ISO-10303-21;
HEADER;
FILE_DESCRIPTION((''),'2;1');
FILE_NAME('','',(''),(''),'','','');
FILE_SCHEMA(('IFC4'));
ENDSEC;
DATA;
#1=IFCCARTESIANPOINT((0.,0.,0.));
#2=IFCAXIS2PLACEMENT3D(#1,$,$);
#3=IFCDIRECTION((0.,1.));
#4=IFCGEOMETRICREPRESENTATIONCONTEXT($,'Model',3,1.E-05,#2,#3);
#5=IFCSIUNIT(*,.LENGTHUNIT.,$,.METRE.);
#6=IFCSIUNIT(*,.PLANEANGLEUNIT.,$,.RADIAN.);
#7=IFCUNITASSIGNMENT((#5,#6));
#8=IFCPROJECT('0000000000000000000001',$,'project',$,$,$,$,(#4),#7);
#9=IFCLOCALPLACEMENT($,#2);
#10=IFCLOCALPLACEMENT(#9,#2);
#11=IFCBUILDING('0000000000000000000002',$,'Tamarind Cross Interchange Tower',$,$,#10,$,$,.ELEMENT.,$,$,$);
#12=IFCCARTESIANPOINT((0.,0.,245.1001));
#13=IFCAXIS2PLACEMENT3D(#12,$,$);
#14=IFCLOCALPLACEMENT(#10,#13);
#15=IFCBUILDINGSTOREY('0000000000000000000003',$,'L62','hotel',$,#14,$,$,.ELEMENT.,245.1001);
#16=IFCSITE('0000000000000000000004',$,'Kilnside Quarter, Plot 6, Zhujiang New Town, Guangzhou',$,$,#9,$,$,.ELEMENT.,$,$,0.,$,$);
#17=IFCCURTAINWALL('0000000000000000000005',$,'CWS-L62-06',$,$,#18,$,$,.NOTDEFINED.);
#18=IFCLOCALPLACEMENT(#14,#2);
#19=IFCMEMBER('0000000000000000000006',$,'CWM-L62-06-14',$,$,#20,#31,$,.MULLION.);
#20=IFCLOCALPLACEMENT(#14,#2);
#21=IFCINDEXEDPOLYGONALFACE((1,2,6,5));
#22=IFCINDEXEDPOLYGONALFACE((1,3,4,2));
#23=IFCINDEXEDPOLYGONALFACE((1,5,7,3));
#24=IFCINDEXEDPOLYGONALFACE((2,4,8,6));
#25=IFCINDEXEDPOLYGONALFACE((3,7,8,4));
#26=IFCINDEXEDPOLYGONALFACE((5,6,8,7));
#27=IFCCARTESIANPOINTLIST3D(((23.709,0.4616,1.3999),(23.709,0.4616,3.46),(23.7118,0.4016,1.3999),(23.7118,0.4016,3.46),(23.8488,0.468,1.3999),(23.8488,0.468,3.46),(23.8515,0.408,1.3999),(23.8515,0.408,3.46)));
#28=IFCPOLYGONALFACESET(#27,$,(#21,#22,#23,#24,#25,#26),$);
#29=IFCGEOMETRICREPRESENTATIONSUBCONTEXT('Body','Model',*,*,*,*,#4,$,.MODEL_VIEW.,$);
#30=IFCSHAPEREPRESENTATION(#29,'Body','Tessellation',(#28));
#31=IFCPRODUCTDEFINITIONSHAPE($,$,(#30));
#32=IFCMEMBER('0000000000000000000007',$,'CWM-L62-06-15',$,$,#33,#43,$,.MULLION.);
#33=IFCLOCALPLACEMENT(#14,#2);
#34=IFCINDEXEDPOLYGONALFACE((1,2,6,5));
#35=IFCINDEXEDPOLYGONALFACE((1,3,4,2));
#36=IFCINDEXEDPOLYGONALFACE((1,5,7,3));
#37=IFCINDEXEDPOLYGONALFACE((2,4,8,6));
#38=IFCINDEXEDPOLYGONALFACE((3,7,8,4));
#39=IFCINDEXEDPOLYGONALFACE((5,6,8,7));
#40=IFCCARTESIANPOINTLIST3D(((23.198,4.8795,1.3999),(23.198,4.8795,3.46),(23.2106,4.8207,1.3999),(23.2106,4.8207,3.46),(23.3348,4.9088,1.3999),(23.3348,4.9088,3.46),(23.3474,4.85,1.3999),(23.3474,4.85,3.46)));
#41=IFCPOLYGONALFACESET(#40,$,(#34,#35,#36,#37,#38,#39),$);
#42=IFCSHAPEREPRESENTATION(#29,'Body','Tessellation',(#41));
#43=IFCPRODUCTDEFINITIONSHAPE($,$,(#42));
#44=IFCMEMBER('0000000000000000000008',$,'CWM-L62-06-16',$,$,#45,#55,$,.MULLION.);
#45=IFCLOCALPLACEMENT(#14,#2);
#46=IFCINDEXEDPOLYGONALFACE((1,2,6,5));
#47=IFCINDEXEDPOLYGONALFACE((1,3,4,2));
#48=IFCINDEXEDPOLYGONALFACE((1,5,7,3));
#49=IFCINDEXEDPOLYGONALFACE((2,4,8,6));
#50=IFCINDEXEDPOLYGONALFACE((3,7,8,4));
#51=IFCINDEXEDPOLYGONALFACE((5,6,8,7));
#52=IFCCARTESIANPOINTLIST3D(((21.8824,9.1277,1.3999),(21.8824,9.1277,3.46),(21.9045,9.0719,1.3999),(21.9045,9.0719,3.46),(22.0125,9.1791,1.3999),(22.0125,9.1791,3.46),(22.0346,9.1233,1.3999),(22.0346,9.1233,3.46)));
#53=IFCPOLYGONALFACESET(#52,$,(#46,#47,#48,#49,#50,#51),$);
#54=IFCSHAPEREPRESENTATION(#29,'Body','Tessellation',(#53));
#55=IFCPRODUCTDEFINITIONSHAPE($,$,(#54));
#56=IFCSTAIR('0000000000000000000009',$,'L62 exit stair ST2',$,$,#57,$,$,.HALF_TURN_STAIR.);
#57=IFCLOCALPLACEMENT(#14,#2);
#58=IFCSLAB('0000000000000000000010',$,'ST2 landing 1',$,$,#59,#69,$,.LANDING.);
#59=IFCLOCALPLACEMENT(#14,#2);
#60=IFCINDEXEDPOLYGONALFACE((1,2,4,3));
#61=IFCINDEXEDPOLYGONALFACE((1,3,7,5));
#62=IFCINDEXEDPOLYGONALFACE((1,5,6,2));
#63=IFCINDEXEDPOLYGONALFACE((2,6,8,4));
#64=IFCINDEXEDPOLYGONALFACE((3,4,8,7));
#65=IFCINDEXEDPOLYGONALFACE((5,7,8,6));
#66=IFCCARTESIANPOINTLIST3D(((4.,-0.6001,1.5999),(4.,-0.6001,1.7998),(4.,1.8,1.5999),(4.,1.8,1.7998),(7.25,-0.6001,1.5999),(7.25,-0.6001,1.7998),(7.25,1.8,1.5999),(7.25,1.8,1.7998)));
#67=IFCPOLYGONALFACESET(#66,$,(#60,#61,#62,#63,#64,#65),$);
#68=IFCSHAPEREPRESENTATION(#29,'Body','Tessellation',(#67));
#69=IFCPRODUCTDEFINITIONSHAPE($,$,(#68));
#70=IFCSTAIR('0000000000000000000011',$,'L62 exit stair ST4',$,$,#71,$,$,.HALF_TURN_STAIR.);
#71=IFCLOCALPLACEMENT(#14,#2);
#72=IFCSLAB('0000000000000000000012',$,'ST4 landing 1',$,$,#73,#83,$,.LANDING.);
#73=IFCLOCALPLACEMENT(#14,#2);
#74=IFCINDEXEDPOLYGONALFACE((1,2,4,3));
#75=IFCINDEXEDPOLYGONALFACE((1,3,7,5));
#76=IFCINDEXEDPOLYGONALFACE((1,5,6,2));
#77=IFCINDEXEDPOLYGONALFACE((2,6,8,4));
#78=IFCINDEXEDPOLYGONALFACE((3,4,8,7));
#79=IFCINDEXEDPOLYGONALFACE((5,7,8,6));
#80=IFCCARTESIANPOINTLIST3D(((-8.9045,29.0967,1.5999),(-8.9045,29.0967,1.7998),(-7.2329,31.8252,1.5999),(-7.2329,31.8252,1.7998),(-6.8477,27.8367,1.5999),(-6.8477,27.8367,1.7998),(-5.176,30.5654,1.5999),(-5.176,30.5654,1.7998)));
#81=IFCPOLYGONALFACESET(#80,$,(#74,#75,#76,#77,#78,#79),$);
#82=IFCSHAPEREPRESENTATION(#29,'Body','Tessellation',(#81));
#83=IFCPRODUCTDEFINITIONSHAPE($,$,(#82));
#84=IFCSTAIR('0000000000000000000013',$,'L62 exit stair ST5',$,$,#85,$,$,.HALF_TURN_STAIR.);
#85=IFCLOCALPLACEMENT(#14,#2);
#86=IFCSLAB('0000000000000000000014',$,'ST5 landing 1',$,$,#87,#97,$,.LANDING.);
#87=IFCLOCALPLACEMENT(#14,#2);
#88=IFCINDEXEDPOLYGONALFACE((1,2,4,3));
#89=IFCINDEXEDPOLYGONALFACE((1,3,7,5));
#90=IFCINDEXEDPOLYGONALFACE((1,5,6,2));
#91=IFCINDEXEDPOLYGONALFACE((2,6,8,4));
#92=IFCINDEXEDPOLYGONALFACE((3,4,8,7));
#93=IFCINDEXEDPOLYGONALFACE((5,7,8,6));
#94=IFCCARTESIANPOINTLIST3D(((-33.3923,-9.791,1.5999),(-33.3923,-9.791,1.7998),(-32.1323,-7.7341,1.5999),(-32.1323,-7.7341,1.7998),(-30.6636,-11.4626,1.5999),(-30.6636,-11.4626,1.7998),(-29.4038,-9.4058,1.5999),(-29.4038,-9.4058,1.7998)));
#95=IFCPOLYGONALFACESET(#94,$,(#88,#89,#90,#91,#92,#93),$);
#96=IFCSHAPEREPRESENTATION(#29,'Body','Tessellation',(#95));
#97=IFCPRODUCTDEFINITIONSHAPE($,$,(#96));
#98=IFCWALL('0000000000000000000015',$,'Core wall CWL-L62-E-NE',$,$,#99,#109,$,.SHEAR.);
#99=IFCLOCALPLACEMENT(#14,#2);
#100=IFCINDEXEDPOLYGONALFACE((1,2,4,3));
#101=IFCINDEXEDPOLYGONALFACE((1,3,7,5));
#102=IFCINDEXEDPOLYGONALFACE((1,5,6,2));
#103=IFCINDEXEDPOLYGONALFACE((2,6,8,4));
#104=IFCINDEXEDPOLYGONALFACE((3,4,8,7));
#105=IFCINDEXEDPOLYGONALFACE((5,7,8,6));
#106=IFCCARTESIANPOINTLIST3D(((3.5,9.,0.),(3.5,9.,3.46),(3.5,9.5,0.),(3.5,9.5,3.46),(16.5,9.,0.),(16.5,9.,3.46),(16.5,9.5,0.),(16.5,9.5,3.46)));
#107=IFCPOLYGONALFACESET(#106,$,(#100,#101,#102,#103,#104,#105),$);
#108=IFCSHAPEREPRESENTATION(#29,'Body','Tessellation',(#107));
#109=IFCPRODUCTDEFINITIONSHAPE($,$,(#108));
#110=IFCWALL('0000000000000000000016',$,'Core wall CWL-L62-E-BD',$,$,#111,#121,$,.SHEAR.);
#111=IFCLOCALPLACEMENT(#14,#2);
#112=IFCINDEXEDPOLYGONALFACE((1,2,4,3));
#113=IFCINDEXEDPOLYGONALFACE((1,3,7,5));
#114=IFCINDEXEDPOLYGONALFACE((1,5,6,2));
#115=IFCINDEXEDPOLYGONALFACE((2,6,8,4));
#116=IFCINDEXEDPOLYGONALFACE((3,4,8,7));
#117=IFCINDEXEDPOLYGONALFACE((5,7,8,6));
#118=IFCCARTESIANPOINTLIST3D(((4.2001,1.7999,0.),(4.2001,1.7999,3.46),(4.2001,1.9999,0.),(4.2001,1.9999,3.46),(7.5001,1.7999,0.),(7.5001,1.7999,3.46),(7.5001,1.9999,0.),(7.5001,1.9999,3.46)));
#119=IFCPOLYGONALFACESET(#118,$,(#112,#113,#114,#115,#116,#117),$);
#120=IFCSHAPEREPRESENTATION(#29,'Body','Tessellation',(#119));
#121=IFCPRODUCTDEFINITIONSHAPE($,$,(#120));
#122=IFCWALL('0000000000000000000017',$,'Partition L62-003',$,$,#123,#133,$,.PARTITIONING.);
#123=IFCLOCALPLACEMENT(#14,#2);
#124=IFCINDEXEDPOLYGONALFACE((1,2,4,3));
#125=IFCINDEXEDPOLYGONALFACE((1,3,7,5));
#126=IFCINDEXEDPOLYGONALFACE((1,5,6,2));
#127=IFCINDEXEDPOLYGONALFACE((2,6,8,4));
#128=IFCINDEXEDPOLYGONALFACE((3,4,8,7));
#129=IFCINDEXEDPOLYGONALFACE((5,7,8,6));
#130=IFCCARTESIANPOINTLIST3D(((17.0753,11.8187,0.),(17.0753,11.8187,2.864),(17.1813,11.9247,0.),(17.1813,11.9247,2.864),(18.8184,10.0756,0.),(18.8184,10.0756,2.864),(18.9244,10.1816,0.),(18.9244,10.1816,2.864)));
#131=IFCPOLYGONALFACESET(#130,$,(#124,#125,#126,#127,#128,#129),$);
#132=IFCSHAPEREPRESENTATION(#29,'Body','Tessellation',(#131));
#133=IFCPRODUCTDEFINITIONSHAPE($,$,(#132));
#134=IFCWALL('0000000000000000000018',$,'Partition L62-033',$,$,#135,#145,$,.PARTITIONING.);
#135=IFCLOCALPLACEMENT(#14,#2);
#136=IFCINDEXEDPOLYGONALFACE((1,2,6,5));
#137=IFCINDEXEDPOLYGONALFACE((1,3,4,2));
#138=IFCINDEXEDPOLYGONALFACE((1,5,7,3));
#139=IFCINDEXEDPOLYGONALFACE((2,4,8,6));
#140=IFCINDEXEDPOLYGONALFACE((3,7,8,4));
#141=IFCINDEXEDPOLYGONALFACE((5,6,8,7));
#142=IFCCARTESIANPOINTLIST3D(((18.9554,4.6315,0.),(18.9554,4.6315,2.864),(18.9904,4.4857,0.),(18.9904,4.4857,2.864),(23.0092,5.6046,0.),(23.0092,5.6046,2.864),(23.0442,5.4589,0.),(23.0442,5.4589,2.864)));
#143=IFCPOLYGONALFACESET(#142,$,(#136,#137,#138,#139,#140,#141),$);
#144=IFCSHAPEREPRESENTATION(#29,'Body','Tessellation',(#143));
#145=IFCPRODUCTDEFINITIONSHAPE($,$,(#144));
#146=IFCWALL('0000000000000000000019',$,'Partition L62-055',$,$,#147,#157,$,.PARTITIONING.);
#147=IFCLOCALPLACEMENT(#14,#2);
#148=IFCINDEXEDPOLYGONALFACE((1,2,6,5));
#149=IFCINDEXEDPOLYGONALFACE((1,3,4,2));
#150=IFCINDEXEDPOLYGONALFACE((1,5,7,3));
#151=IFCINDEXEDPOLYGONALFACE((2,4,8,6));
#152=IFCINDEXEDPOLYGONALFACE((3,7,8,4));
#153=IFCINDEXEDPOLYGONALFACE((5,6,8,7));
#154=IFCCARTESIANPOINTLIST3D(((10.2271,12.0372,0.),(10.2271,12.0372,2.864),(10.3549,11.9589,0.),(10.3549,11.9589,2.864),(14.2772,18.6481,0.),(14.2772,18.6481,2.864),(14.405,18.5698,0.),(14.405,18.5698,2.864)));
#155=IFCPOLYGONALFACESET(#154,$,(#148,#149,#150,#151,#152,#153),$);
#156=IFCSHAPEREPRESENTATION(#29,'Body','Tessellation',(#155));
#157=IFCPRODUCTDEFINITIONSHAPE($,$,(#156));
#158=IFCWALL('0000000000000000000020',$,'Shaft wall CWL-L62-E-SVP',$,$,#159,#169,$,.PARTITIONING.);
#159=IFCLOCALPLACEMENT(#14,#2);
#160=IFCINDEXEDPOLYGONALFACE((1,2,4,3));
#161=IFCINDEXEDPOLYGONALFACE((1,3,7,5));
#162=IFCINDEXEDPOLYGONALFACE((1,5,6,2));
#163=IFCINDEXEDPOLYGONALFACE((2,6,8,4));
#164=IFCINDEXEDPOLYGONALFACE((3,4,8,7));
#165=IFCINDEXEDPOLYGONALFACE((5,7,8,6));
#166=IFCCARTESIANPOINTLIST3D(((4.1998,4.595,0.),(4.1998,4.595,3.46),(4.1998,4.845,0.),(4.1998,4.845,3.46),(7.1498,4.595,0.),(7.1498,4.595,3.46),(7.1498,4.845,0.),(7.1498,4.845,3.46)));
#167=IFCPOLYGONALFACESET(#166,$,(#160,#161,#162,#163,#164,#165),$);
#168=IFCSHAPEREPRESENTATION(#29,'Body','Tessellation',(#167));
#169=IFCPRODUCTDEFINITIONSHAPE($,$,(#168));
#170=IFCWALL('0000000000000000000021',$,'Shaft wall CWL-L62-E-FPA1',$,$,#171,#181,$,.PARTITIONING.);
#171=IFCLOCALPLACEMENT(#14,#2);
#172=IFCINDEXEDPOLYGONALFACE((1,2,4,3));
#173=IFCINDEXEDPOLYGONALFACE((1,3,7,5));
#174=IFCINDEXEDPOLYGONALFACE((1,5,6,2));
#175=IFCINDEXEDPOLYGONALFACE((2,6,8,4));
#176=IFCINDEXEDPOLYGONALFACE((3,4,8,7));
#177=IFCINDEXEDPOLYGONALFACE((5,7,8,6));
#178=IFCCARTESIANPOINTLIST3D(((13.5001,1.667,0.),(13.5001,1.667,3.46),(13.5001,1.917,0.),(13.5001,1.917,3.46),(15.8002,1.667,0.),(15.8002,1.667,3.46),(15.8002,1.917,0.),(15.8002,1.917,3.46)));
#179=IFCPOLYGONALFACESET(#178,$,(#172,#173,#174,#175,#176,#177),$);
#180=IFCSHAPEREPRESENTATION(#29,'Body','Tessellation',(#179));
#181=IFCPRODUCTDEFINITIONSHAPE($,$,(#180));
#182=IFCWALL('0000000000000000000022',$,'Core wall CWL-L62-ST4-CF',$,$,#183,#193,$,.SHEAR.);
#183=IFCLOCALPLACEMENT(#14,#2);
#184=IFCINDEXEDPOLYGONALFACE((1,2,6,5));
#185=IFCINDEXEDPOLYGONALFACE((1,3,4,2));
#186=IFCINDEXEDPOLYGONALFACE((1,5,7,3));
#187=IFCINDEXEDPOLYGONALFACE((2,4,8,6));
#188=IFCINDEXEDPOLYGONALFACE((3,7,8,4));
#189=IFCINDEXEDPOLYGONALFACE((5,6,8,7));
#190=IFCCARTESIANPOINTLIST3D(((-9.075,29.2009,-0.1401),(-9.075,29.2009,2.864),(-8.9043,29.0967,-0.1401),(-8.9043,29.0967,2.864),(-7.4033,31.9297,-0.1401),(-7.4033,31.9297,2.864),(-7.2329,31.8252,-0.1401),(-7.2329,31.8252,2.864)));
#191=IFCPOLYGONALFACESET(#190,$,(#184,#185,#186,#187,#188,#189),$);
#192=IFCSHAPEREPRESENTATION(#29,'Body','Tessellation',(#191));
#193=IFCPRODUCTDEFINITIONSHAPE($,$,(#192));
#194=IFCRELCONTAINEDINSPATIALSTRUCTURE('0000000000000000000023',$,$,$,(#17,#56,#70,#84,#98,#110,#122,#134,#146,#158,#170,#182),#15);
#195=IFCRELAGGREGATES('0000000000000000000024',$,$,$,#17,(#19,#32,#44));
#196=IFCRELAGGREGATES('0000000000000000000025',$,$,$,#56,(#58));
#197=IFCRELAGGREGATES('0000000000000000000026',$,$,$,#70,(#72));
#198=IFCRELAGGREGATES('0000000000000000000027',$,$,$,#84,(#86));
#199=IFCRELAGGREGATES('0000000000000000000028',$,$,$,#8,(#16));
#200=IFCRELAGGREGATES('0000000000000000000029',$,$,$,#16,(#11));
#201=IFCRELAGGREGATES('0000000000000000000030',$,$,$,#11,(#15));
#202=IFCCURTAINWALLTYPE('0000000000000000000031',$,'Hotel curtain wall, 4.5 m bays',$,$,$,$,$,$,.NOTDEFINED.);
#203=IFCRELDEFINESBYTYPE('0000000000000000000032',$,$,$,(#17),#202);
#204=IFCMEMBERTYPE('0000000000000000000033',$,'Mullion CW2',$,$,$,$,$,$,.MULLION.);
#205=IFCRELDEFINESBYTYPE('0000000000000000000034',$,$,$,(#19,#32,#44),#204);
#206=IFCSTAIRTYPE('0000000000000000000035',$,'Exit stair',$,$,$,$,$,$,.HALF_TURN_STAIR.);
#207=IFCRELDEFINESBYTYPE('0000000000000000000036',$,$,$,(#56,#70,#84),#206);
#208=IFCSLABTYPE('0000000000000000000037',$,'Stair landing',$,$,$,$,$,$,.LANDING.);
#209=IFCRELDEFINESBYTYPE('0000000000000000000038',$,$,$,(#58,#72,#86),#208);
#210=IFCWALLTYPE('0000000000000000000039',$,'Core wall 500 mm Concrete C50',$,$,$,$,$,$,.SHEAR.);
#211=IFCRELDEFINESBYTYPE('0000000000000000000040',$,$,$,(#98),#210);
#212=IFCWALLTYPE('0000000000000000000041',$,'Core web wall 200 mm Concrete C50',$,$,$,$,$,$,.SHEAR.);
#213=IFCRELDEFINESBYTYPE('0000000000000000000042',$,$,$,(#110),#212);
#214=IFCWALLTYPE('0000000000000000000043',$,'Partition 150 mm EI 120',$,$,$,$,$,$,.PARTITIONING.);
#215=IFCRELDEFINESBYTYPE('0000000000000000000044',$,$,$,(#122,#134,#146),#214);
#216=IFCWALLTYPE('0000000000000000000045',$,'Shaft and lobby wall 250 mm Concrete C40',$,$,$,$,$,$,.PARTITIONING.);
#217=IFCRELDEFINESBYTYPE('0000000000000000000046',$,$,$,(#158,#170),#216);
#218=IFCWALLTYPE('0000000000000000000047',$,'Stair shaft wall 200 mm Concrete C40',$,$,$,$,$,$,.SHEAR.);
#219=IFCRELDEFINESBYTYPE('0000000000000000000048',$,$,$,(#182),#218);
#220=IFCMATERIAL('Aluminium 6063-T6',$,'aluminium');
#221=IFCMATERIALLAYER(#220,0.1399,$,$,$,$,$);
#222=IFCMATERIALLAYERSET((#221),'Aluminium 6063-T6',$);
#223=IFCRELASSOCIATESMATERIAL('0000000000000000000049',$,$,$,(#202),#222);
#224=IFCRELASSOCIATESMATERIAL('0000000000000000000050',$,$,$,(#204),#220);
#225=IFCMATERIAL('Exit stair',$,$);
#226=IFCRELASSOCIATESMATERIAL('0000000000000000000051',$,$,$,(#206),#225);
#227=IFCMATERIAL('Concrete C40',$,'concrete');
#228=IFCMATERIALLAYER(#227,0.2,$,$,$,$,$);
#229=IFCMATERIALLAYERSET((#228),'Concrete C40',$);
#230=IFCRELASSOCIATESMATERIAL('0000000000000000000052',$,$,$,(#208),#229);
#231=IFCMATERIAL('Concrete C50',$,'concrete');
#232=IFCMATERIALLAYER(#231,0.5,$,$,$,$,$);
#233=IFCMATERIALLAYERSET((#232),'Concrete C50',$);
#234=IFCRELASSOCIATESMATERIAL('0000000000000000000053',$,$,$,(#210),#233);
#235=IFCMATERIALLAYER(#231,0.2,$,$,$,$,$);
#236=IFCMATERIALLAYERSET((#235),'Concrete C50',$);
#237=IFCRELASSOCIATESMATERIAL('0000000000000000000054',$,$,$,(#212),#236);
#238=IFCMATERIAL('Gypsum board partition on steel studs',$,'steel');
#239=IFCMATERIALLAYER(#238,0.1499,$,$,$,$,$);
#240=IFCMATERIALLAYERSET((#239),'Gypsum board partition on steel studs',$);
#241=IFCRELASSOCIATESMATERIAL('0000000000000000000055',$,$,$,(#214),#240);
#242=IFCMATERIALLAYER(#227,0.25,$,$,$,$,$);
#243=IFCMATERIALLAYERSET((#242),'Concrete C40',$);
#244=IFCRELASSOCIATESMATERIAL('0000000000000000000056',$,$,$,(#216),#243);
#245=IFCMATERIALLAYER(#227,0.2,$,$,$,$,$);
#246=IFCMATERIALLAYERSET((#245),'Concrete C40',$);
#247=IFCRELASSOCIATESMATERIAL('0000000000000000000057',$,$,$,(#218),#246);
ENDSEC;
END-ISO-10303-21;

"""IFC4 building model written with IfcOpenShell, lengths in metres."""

from ifc_helpers import new_model, si_unit, direction, frame, frame_2d, origin, origin_2d, place, context, subcontext, project, spatial, polyline, rectangle, outline, extrude, material, layer, layer_set, material_profile, profile_set, type_object, element, aggregate, save


model = new_model("IFC4")

# Units and contexts
model_context = context("Model", 3, precision=1e-05, world=origin(), true_north=direction((0.0, 1.0)))
body_context = subcontext(model_context, "Body", "Model", "MODEL_VIEW")
ifc_project = project(units=[si_unit("LENGTHUNIT", "METRE"), si_unit("PLANEANGLEUNIT", "RADIAN")], contexts=[model_context])

# Site, building, storey
site_placement = place(None, origin())
site = spatial("IfcSite", under=ifc_project, at=site_placement, Name="Kilnside Quarter, Plot 6, Zhujiang New Town, Guangzhou", CompositionType="ELEMENT", RefElevation=0.0)
building_placement = place(site_placement, origin())
building = spatial("IfcBuilding", under=site, at=building_placement, Name="Tamarind Cross Interchange Tower", CompositionType="ELEMENT")
storey_placement = place(building_placement, frame((0.0, 0.0, 245.1001)))
storey = spatial("IfcBuildingStorey", under=building, at=storey_placement, Name="L62", Description="hotel", CompositionType="ELEMENT", Elevation=245.1001)

# Shared definitions
ifc_material_1 = material(Name="Concrete C50", Category="concrete")

# Curtain wall, members
ifc_material_2 = material(Name="Aluminium 6063-T6", Category="aluminium")
ifc_layer_1 = layer(ifc_material_2, 0.1399)
ifc_layer_set_1 = layer_set([ifc_layer_1], Name="Aluminium 6063-T6")
curtain_wall_type = type_object("IfcCurtainWallType", Name="Hotel curtain wall, 4.5 m bays", PredefinedType="NOTDEFINED", material=ifc_layer_set_1)
curtain_wall_placement = place(storey_placement, origin())
curtain_wall = element("IfcCurtainWall", 1, at=curtain_wall_placement, inside=storey, type_object=curtain_wall_type, Name="CWS-L62-06", PredefinedType="NOTDEFINED")
ifc_material_profile_1 = material_profile(ifc_material_2, rectangle(XDim=0.0601, YDim=0.1399, at=origin_2d()), Name="Mullion CW2")
ifc_profile_set_1 = profile_set([ifc_material_profile_1], Name="Aluminium 6063-T6")
member_type = type_object("IfcMemberType", Name="Mullion CW2", PredefinedType="MULLION", material=ifc_profile_set_1)
member_1_placement = place(storey_placement, frame((23.7803, 0.4348, 1.3999), z_axis=(0.0, 0.0, 1.0), x_axis=(-0.045624, 0.998959, 0.0)))
member_1 = element("IfcMember", 2, at=member_1_placement, type_object=member_type, Name="CWM-L62-06-14", PredefinedType="MULLION", context=body_context, shape_type="SweptSolid", body=[
    extrude(rectangle(XDim=0.0601, YDim=0.1399, at=origin_2d()), origin(), (0.0, 0.0, 1.0), 2.0601),
])
member_2_placement = place(storey_placement, frame((23.2727, 4.8647, 1.3999), z_axis=(0.0, 0.0, 1.0), x_axis=(-0.209425, 0.977825, 0.0)))
member_2 = element("IfcMember", 3, at=member_2_placement, type_object=member_type, Name="CWM-L62-06-15", PredefinedType="MULLION", context=body_context, shape_type="SweptSolid", body=[
    extrude(rectangle(XDim=0.0601, YDim=0.1399, at=origin_2d()), origin(), (0.0, 0.0, 1.0), 2.0601),
])
member_3_placement = place(storey_placement, frame((21.9585, 9.1255, 1.3999), z_axis=(0.0, 0.0, 1.0), x_axis=(-0.367514, 0.930018, 0.0)))
member_3 = element("IfcMember", 4, at=member_3_placement, type_object=member_type, Name="CWM-L62-06-16", PredefinedType="MULLION", context=body_context, shape_type="SweptSolid", body=[
    extrude(rectangle(XDim=0.0601, YDim=0.1399, at=origin_2d()), origin(), (0.0, 0.0, 1.0), 2.0601),
])
aggregate(curtain_wall, [member_1, member_2, member_3])

# Stairs, slabs
ifc_material_3 = material(Name="Exit stair")
stair_type = type_object("IfcStairType", Name="Exit stair", PredefinedType="HALF_TURN_STAIR", material=ifc_material_3)
stair_1_placement = place(storey_placement, origin())
stair_1 = element("IfcStair", 5, at=stair_1_placement, inside=storey, type_object=stair_type, Name="L62 exit stair ST2", PredefinedType="HALF_TURN_STAIR")
ifc_material_4 = material(Name="Concrete C40", Category="concrete")
ifc_layer_2 = layer(ifc_material_4, 0.2)
ifc_layer_set_2 = layer_set([ifc_layer_2], Name="Concrete C40")
slab_type = type_object("IfcSlabType", Name="Stair landing", PredefinedType="LANDING", material=ifc_layer_set_2)
slab_1_placement = place(storey_placement, frame((0.0, 0.0, 1.5999)))
slab_1 = element("IfcSlab", 6, at=slab_1_placement, type_object=slab_type, Name="ST2 landing 1", PredefinedType="LANDING", context=body_context, shape_type="SweptSolid", body=[
    extrude(outline(polyline([(7.25, -0.6001), (7.25, 1.8), (4.0, 1.8), (4.0, -0.6001), (7.25, -0.6001)])), origin(), (0.0, 0.0, 1.0), 0.2),
])
aggregate(stair_1, [slab_1])
stair_2_placement = place(storey_placement, origin())
stair_2 = element("IfcStair", 7, at=stair_2_placement, inside=storey, type_object=stair_type, Name="L62 exit stair ST4", PredefinedType="HALF_TURN_STAIR")
slab_2_placement = place(storey_placement, frame((0.0, 0.0, 1.5999)))
slab_2 = element("IfcSlab", 8, at=slab_2_placement, type_object=slab_type, Name="ST4 landing 1", PredefinedType="LANDING", context=body_context, shape_type="SweptSolid", body=[
    extrude(outline(polyline([(-5.176, 30.5654), (-7.2329, 31.8252), (-8.9045, 29.0967), (-6.8477, 27.8367), (-5.176, 30.5654)])), origin(), (0.0, 0.0, 1.0), 0.2),
])
aggregate(stair_2, [slab_2])
stair_3_placement = place(storey_placement, origin())
stair_3 = element("IfcStair", 9, at=stair_3_placement, inside=storey, type_object=stair_type, Name="L62 exit stair ST5", PredefinedType="HALF_TURN_STAIR")
slab_3_placement = place(storey_placement, frame((0.0, 0.0, 1.5999)))
slab_3 = element("IfcSlab", 10, at=slab_3_placement, type_object=slab_type, Name="ST5 landing 1", PredefinedType="LANDING", context=body_context, shape_type="SweptSolid", body=[
    extrude(outline(polyline([(-32.1323, -7.7341), (-33.3923, -9.791), (-30.6636, -11.4626), (-29.4038, -9.4058), (-32.1323, -7.7341)])), origin(), (0.0, 0.0, 1.0), 0.2),
])
aggregate(stair_3, [slab_3])

# Walls
ifc_layer_3 = layer(ifc_material_1, 0.5)
ifc_layer_set_3 = layer_set([ifc_layer_3], Name="Concrete C50")
wall_type_1 = type_object("IfcWallType", Name="Core wall 500 mm Concrete C50", PredefinedType="SHEAR", material=ifc_layer_set_3)
wall_1_placement = place(storey_placement, frame((16.5, 9.25, 0.0), z_axis=(0.0, 0.0, 1.0), x_axis=(-1.0, 0.0, 0.0)))
element("IfcWall", 11, at=wall_1_placement, inside=storey, type_object=wall_type_1, Name="Core wall CWL-L62-E-NE", PredefinedType="SHEAR", context=body_context, shape_type="SweptSolid", body=[
    extrude(rectangle(XDim=13.0, YDim=0.5, at=frame_2d((6.5, 0.0))), origin(), (0.0, 0.0, 1.0), 3.46),
])
ifc_layer_4 = layer(ifc_material_1, 0.2)
ifc_layer_set_4 = layer_set([ifc_layer_4], Name="Concrete C50")
wall_type_2 = type_object("IfcWallType", Name="Core web wall 200 mm Concrete C50", PredefinedType="SHEAR", material=ifc_layer_set_4)
wall_2_placement = place(storey_placement, frame((7.5, 1.8999, 0.0), z_axis=(0.0, 0.0, 1.0), x_axis=(-1.0, 0.0, 0.0)))
element("IfcWall", 12, at=wall_2_placement, inside=storey, type_object=wall_type_2, Name="Core wall CWL-L62-E-BD", PredefinedType="SHEAR", context=body_context, shape_type="SweptSolid", body=[
    extrude(rectangle(XDim=3.3, YDim=0.2, at=frame_2d((1.6499, 0.0))), origin(), (0.0, 0.0, 1.0), 3.46),
])
ifc_material_5 = material(Name="Gypsum board partition on steel studs", Category="steel")
ifc_layer_5 = layer(ifc_material_5, 0.1499)
ifc_layer_set_5 = layer_set([ifc_layer_5], Name="Gypsum board partition on steel studs")
wall_type_3 = type_object("IfcWallType", Name="Partition 150 mm EI 120", PredefinedType="PARTITIONING", material=ifc_layer_set_5)
wall_3_placement = place(storey_placement, frame((17.1284, 11.8716, 0.0), z_axis=(0.0, 0.0, 1.0), x_axis=(0.707107, -0.707107, 0.0)))
element("IfcWall", 13, at=wall_3_placement, inside=storey, type_object=wall_type_3, Name="Partition L62-003", PredefinedType="PARTITIONING", context=body_context, shape_type="SweptSolid", body=[
    extrude(rectangle(XDim=2.4651, YDim=0.1499, at=frame_2d((1.2324, 0.0))), origin(), (0.0, 0.0, 1.0), 2.864),
])
wall_4_placement = place(storey_placement, frame((18.9729, 4.5586, 0.0), z_axis=(0.0, 0.0, 1.0), x_axis=(0.972373, 0.233431, 0.0)))
element("IfcWall", 14, at=wall_4_placement, inside=storey, type_object=wall_type_3, Name="Partition L62-033", PredefinedType="PARTITIONING", context=body_context, shape_type="SweptSolid", body=[
    extrude(rectangle(XDim=4.1689, YDim=0.1499, at=frame_2d((2.0845, 0.0))), origin(), (0.0, 0.0, 1.0), 2.864),
])
wall_5_placement = place(storey_placement, frame((10.291, 11.998, 0.0), z_axis=(0.0, 0.0, 1.0), x_axis=(0.522397, 0.852702, 0.0)))
element("IfcWall", 15, at=wall_5_placement, inside=storey, type_object=wall_type_3, Name="Partition L62-055", PredefinedType="PARTITIONING", context=body_context, shape_type="SweptSolid", body=[
    extrude(rectangle(XDim=7.7529, YDim=0.1499, at=frame_2d((3.8765, 0.0))), origin(), (0.0, 0.0, 1.0), 2.864),
])
ifc_layer_6 = layer(ifc_material_4, 0.25)
ifc_layer_set_6 = layer_set([ifc_layer_6], Name="Concrete C40")
wall_type_4 = type_object("IfcWallType", Name="Shaft and lobby wall 250 mm Concrete C40", PredefinedType="PARTITIONING", material=ifc_layer_set_6)
wall_6_placement = place(storey_placement, frame((7.1499, 4.72, 0.0), z_axis=(0.0, 0.0, 1.0), x_axis=(-1.0, 0.0, 0.0)))
element("IfcWall", 16, at=wall_6_placement, inside=storey, type_object=wall_type_4, Name="Shaft wall CWL-L62-E-SVP", PredefinedType="PARTITIONING", context=body_context, shape_type="SweptSolid", body=[
    extrude(rectangle(XDim=2.95, YDim=0.25, at=frame_2d((1.4751, 0.0))), origin(), (0.0, 0.0, 1.0), 3.46),
])
wall_7_placement = place(storey_placement, frame((15.8, 1.792, 0.0), z_axis=(0.0, 0.0, 1.0), x_axis=(-1.0, 0.0, 0.0)))
element("IfcWall", 17, at=wall_7_placement, inside=storey, type_object=wall_type_4, Name="Shaft wall CWL-L62-E-FPA1", PredefinedType="PARTITIONING", context=body_context, shape_type="SweptSolid", body=[
    extrude(rectangle(XDim=2.3, YDim=0.25, at=frame_2d((1.1499, 0.0))), origin(), (0.0, 0.0, 1.0), 3.46),
])
ifc_layer_7 = layer(ifc_material_4, 0.2)
ifc_layer_set_7 = layer_set([ifc_layer_7], Name="Concrete C40")
wall_type_5 = type_object("IfcWallType", Name="Stair shaft wall 200 mm Concrete C40", PredefinedType="SHEAR", material=ifc_layer_set_7)
wall_8_placement = place(storey_placement, frame((0.0, 0.0, -0.1401)))
element("IfcWall", 18, at=wall_8_placement, inside=storey, type_object=wall_type_5, Name="Core wall CWL-L62-ST4-CF", PredefinedType="SHEAR", context=body_context, shape_type="SweptSolid", body=[
    extrude(outline(polyline([(-7.2329, 31.8252), (-7.4033, 31.9297), (-9.075, 29.2009), (-8.9043, 29.0967), (-7.2329, 31.8252)])), origin(), (0.0, 0.0, 1.0), 3.0042),
])

save(model, "model.ifc")
